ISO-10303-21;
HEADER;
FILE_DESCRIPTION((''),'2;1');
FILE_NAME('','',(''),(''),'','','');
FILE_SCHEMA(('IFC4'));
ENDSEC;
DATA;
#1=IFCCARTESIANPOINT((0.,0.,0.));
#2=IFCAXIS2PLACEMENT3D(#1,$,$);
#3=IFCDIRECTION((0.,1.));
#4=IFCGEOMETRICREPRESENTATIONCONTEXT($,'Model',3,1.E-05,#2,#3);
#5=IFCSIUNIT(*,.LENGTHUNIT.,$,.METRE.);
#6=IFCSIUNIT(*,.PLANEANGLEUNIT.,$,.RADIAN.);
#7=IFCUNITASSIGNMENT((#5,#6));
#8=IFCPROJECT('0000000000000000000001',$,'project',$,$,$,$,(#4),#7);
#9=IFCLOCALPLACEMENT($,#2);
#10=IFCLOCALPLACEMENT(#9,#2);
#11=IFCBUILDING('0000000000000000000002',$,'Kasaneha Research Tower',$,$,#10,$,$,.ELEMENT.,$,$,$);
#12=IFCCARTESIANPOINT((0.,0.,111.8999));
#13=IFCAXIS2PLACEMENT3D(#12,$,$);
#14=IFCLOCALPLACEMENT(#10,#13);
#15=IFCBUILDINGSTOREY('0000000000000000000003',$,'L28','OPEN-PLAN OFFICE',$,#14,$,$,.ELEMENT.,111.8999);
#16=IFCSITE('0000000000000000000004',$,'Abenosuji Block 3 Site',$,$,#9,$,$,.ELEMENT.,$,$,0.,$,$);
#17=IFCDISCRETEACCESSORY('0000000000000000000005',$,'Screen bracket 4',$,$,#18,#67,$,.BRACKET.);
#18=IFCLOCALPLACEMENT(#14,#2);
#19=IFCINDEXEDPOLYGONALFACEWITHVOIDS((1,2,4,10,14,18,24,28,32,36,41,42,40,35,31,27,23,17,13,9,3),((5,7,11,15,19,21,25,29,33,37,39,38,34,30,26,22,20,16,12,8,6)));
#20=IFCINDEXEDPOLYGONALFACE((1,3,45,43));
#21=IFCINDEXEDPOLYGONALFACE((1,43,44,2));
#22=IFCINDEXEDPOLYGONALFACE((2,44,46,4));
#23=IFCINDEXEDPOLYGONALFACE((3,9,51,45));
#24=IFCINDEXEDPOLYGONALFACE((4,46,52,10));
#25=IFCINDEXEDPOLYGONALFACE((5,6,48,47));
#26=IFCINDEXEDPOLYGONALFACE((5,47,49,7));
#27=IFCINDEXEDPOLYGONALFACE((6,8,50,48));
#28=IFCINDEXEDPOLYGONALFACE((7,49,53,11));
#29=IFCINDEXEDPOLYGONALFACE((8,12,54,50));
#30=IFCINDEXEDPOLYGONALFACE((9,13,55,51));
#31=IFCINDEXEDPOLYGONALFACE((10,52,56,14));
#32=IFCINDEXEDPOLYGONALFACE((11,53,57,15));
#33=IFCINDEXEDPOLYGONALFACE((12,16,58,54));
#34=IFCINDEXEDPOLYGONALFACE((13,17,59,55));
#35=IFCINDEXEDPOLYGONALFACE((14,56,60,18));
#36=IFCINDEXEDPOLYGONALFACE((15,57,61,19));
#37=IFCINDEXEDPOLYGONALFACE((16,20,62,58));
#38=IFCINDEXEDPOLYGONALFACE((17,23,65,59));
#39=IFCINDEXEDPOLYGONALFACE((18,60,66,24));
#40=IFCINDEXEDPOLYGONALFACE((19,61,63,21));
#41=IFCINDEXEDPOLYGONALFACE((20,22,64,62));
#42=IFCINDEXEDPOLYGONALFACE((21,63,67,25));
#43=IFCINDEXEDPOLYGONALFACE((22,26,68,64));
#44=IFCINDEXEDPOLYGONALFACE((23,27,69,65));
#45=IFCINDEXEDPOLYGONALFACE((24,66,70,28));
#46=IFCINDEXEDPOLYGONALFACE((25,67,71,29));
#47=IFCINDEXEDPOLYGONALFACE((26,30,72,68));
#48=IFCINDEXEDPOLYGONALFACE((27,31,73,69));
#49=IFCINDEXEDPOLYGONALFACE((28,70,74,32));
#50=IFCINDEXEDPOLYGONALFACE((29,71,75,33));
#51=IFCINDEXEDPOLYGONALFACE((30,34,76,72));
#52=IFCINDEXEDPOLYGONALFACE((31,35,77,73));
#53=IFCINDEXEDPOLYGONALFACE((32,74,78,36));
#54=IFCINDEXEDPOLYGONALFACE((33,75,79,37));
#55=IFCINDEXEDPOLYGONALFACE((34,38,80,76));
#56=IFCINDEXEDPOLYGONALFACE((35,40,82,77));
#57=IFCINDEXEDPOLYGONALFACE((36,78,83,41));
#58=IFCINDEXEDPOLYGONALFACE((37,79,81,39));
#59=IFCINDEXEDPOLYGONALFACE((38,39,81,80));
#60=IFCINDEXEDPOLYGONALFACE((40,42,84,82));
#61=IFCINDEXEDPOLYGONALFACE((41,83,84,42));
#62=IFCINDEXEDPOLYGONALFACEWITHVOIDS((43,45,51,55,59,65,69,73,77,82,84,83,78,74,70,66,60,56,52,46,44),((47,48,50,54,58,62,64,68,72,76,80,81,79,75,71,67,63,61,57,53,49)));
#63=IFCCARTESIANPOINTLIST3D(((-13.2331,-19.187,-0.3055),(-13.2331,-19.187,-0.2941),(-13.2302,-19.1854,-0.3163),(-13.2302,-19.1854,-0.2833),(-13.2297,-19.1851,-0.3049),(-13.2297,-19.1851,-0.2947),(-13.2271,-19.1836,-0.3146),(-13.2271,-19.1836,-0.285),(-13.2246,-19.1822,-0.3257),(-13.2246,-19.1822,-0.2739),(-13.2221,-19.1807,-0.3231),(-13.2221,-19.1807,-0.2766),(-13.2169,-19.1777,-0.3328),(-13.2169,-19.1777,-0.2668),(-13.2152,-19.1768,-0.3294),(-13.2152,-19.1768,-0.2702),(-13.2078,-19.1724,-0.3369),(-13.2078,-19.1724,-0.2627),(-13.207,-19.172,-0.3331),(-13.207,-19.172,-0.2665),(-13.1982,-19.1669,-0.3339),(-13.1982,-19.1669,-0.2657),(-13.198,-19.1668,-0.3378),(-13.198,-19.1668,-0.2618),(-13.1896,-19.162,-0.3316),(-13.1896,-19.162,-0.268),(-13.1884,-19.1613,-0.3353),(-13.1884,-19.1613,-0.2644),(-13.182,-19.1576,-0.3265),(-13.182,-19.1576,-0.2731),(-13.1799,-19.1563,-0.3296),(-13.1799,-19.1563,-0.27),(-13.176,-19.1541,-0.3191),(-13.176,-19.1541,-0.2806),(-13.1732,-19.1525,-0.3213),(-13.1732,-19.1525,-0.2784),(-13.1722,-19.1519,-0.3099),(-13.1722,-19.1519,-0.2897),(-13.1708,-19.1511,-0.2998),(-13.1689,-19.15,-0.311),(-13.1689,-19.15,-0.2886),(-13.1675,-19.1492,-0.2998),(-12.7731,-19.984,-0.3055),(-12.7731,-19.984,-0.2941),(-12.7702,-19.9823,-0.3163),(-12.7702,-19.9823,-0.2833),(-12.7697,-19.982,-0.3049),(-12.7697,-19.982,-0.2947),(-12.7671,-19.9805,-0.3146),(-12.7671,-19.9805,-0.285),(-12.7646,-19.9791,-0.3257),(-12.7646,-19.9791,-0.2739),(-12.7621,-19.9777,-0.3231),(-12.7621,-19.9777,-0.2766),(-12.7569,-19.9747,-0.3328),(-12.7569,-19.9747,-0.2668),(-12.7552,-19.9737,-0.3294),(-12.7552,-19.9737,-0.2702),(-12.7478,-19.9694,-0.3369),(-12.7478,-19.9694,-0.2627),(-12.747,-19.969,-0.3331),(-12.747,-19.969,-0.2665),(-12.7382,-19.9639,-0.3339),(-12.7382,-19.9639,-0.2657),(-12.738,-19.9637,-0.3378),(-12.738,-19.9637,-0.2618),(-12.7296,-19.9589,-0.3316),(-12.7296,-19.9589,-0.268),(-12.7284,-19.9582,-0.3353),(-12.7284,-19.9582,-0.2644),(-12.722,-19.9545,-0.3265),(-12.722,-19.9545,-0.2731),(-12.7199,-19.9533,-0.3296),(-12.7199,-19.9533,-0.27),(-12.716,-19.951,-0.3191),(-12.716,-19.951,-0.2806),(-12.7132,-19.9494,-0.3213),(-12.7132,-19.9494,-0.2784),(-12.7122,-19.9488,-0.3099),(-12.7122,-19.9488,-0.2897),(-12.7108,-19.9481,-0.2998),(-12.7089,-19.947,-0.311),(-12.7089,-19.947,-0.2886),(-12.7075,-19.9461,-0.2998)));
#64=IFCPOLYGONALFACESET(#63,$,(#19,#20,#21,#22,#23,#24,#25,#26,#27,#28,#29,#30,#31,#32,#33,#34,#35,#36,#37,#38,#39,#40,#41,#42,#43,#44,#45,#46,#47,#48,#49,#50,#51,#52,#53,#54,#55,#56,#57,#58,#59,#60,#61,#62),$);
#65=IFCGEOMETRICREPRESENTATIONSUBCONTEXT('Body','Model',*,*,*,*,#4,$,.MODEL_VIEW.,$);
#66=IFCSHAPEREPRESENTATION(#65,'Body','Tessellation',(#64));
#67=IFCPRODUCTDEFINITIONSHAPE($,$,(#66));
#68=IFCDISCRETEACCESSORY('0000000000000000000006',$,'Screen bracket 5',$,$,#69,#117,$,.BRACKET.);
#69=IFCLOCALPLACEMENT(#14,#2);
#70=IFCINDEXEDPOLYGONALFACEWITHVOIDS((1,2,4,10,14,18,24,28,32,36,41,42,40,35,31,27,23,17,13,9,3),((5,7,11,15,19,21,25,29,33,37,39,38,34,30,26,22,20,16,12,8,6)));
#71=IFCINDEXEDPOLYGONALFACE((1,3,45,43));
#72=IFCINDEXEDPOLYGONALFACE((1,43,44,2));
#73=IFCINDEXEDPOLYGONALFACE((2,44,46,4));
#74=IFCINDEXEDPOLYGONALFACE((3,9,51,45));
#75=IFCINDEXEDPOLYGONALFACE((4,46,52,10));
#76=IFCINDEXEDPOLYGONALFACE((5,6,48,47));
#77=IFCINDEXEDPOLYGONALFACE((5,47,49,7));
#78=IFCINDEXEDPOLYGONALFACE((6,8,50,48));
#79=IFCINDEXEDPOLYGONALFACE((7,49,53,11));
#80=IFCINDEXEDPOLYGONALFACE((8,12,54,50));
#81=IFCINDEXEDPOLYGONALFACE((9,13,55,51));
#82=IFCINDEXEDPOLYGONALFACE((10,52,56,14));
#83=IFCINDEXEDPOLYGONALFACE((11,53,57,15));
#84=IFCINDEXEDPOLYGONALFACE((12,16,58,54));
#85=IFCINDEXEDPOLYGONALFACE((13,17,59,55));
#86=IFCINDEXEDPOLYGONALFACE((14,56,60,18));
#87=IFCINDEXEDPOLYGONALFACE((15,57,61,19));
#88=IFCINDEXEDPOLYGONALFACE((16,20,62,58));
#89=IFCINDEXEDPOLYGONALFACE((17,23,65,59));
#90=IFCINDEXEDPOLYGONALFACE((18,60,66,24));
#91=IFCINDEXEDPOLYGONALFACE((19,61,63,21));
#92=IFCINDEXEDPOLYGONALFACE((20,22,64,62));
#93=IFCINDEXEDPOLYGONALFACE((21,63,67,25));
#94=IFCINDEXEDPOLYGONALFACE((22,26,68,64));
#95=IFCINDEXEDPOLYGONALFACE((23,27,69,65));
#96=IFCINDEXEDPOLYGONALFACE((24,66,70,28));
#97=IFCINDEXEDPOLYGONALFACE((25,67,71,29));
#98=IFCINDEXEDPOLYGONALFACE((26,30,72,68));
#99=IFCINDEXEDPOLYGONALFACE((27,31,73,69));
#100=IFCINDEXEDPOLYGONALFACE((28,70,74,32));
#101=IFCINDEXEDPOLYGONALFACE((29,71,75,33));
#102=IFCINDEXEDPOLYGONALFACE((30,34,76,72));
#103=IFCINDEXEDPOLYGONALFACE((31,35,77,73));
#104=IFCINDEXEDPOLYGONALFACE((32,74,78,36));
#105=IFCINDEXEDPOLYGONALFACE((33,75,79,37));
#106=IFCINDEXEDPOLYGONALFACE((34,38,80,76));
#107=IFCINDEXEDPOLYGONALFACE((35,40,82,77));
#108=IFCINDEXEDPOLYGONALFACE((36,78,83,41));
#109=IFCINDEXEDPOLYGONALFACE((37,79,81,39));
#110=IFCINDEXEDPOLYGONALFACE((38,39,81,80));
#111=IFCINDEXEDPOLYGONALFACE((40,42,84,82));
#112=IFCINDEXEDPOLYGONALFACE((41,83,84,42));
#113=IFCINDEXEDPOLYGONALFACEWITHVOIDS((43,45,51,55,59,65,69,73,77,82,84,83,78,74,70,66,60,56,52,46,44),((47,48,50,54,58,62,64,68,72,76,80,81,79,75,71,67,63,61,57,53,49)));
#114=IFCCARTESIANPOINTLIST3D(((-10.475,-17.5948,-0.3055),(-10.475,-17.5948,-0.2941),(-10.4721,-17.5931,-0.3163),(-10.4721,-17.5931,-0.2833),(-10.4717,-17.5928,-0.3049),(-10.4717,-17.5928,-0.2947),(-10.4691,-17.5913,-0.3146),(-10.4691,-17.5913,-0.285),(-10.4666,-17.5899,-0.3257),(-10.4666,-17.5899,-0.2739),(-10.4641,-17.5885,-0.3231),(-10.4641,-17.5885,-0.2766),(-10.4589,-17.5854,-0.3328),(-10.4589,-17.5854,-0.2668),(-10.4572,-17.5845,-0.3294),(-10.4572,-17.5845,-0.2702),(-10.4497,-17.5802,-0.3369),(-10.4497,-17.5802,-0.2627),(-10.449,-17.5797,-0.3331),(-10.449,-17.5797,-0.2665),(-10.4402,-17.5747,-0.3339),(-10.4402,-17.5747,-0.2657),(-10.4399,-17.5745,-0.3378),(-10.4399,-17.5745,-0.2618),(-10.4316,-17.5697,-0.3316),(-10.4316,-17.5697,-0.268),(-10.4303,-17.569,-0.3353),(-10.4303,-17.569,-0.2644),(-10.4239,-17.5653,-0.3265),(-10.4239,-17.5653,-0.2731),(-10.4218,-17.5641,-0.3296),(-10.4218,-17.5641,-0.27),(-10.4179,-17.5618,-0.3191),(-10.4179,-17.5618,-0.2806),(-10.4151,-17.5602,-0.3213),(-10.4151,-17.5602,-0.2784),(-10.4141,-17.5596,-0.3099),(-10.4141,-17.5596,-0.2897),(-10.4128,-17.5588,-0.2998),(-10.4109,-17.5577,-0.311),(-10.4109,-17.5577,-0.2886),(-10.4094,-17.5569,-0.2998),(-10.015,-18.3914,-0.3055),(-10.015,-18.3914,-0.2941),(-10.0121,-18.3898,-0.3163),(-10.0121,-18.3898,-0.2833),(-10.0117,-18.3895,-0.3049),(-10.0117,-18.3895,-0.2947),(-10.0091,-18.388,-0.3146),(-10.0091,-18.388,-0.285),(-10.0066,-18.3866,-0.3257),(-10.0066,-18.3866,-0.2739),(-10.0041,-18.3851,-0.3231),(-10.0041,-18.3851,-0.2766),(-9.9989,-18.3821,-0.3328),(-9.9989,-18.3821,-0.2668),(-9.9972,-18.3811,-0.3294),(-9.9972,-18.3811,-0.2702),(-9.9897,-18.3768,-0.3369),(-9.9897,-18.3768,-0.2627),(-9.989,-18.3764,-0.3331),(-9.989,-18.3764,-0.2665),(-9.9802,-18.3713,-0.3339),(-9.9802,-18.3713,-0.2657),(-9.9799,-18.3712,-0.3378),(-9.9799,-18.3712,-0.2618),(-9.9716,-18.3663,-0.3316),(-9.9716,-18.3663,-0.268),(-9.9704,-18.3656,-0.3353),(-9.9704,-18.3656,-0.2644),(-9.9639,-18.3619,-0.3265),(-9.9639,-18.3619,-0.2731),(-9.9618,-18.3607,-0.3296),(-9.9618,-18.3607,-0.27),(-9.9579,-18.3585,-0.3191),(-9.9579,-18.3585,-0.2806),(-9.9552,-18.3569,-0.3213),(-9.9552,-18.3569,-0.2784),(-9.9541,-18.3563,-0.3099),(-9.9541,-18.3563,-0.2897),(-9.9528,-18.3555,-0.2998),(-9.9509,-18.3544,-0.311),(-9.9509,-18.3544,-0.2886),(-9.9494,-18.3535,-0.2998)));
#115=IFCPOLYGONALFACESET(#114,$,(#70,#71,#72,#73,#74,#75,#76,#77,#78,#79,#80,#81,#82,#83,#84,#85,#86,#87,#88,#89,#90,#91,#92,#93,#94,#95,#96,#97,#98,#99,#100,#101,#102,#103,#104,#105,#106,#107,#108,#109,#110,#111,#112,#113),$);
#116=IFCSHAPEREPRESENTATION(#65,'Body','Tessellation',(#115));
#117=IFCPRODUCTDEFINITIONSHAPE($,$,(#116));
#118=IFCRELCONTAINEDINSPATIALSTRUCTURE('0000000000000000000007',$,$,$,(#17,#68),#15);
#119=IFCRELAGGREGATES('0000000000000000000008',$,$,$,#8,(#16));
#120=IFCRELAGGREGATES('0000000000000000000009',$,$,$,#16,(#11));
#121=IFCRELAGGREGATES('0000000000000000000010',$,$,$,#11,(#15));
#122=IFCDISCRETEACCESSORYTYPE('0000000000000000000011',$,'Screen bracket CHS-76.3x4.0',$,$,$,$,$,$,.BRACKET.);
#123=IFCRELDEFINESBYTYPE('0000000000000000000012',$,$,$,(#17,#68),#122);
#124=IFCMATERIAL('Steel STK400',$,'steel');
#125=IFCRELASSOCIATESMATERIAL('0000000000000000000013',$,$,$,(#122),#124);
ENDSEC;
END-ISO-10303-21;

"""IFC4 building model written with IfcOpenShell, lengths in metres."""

from ifc_helpers import new_model, si_unit, direction, frame, origin, origin_2d, place, context, subcontext, project, spatial, hollow_circle, extrude, material, material_profile, profile_set, type_object, element, save


model = new_model("IFC4")

# Units and contexts
model_context = context("Model", 3, precision=1e-05, world=origin(), true_north=direction((0.0, 1.0)))
body_context = subcontext(model_context, "Body", "Model", "MODEL_VIEW")
ifc_project = project(units=[si_unit("LENGTHUNIT", "METRE"), si_unit("PLANEANGLEUNIT", "RADIAN")], contexts=[model_context])

# Site, building, storey
site_placement = place(None, origin())
site = spatial("IfcSite", under=ifc_project, at=site_placement, Name="Abenosuji Block 3 Site", CompositionType="ELEMENT", RefElevation=0.0)
building_placement = place(site_placement, origin())
building = spatial("IfcBuilding", under=site, at=building_placement, Name="Kasaneha Research Tower", CompositionType="ELEMENT")
storey_placement = place(building_placement, frame((0.0, 0.0, 111.8999)))
storey = spatial("IfcBuildingStorey", under=building, at=storey_placement, Name="L28", Description="OPEN-PLAN OFFICE", CompositionType="ELEMENT", Elevation=111.8999)

# Discrete accessories
ifc_material_1 = material(Name="Steel STK400", Category="steel")
ifc_material_profile_1 = material_profile(ifc_material_1, hollow_circle(Radius=0.0381, WallThickness=0.0039, at=origin_2d()), Name="CHS-76.3x4.0")
ifc_profile_set_1 = profile_set([ifc_material_profile_1], Name="Steel STK400")
discrete_accessory_type = type_object("IfcDiscreteAccessoryType", Name="Screen bracket CHS-76.3x4.0", PredefinedType="BRACKET", material=ifc_profile_set_1)
discrete_accessory_1_placement = place(storey_placement, frame((-13.2004, -19.1682, -0.2998), z_axis=(0.499906, -0.86608, 0.0), x_axis=(0.86608, 0.499906, 0.0)))
element("IfcDiscreteAccessory", 1, at=discrete_accessory_1_placement, inside=storey, type_object=discrete_accessory_type, Name="Screen bracket 4", PredefinedType="BRACKET", context=body_context, shape_type="SweptSolid", body=[
    extrude(hollow_circle(Radius=0.0381, WallThickness=0.0039, at=origin_2d()), origin(), (0.0, 0.0, 1.0), 0.9202),
])
discrete_accessory_2_placement = place(storey_placement, frame((-10.4424, -17.5759, -0.2998), z_axis=(0.500021, -0.866013, 0.0), x_axis=(0.866013, 0.500021, 0.0)))
element("IfcDiscreteAccessory", 2, at=discrete_accessory_2_placement, inside=storey, type_object=discrete_accessory_type, Name="Screen bracket 5", PredefinedType="BRACKET", context=body_context, shape_type="SweptSolid", body=[
    extrude(hollow_circle(Radius=0.0381, WallThickness=0.0039, at=origin_2d()), origin(), (0.0, 0.0, 1.0), 0.9199),
])

save(model, "model.ifc")
